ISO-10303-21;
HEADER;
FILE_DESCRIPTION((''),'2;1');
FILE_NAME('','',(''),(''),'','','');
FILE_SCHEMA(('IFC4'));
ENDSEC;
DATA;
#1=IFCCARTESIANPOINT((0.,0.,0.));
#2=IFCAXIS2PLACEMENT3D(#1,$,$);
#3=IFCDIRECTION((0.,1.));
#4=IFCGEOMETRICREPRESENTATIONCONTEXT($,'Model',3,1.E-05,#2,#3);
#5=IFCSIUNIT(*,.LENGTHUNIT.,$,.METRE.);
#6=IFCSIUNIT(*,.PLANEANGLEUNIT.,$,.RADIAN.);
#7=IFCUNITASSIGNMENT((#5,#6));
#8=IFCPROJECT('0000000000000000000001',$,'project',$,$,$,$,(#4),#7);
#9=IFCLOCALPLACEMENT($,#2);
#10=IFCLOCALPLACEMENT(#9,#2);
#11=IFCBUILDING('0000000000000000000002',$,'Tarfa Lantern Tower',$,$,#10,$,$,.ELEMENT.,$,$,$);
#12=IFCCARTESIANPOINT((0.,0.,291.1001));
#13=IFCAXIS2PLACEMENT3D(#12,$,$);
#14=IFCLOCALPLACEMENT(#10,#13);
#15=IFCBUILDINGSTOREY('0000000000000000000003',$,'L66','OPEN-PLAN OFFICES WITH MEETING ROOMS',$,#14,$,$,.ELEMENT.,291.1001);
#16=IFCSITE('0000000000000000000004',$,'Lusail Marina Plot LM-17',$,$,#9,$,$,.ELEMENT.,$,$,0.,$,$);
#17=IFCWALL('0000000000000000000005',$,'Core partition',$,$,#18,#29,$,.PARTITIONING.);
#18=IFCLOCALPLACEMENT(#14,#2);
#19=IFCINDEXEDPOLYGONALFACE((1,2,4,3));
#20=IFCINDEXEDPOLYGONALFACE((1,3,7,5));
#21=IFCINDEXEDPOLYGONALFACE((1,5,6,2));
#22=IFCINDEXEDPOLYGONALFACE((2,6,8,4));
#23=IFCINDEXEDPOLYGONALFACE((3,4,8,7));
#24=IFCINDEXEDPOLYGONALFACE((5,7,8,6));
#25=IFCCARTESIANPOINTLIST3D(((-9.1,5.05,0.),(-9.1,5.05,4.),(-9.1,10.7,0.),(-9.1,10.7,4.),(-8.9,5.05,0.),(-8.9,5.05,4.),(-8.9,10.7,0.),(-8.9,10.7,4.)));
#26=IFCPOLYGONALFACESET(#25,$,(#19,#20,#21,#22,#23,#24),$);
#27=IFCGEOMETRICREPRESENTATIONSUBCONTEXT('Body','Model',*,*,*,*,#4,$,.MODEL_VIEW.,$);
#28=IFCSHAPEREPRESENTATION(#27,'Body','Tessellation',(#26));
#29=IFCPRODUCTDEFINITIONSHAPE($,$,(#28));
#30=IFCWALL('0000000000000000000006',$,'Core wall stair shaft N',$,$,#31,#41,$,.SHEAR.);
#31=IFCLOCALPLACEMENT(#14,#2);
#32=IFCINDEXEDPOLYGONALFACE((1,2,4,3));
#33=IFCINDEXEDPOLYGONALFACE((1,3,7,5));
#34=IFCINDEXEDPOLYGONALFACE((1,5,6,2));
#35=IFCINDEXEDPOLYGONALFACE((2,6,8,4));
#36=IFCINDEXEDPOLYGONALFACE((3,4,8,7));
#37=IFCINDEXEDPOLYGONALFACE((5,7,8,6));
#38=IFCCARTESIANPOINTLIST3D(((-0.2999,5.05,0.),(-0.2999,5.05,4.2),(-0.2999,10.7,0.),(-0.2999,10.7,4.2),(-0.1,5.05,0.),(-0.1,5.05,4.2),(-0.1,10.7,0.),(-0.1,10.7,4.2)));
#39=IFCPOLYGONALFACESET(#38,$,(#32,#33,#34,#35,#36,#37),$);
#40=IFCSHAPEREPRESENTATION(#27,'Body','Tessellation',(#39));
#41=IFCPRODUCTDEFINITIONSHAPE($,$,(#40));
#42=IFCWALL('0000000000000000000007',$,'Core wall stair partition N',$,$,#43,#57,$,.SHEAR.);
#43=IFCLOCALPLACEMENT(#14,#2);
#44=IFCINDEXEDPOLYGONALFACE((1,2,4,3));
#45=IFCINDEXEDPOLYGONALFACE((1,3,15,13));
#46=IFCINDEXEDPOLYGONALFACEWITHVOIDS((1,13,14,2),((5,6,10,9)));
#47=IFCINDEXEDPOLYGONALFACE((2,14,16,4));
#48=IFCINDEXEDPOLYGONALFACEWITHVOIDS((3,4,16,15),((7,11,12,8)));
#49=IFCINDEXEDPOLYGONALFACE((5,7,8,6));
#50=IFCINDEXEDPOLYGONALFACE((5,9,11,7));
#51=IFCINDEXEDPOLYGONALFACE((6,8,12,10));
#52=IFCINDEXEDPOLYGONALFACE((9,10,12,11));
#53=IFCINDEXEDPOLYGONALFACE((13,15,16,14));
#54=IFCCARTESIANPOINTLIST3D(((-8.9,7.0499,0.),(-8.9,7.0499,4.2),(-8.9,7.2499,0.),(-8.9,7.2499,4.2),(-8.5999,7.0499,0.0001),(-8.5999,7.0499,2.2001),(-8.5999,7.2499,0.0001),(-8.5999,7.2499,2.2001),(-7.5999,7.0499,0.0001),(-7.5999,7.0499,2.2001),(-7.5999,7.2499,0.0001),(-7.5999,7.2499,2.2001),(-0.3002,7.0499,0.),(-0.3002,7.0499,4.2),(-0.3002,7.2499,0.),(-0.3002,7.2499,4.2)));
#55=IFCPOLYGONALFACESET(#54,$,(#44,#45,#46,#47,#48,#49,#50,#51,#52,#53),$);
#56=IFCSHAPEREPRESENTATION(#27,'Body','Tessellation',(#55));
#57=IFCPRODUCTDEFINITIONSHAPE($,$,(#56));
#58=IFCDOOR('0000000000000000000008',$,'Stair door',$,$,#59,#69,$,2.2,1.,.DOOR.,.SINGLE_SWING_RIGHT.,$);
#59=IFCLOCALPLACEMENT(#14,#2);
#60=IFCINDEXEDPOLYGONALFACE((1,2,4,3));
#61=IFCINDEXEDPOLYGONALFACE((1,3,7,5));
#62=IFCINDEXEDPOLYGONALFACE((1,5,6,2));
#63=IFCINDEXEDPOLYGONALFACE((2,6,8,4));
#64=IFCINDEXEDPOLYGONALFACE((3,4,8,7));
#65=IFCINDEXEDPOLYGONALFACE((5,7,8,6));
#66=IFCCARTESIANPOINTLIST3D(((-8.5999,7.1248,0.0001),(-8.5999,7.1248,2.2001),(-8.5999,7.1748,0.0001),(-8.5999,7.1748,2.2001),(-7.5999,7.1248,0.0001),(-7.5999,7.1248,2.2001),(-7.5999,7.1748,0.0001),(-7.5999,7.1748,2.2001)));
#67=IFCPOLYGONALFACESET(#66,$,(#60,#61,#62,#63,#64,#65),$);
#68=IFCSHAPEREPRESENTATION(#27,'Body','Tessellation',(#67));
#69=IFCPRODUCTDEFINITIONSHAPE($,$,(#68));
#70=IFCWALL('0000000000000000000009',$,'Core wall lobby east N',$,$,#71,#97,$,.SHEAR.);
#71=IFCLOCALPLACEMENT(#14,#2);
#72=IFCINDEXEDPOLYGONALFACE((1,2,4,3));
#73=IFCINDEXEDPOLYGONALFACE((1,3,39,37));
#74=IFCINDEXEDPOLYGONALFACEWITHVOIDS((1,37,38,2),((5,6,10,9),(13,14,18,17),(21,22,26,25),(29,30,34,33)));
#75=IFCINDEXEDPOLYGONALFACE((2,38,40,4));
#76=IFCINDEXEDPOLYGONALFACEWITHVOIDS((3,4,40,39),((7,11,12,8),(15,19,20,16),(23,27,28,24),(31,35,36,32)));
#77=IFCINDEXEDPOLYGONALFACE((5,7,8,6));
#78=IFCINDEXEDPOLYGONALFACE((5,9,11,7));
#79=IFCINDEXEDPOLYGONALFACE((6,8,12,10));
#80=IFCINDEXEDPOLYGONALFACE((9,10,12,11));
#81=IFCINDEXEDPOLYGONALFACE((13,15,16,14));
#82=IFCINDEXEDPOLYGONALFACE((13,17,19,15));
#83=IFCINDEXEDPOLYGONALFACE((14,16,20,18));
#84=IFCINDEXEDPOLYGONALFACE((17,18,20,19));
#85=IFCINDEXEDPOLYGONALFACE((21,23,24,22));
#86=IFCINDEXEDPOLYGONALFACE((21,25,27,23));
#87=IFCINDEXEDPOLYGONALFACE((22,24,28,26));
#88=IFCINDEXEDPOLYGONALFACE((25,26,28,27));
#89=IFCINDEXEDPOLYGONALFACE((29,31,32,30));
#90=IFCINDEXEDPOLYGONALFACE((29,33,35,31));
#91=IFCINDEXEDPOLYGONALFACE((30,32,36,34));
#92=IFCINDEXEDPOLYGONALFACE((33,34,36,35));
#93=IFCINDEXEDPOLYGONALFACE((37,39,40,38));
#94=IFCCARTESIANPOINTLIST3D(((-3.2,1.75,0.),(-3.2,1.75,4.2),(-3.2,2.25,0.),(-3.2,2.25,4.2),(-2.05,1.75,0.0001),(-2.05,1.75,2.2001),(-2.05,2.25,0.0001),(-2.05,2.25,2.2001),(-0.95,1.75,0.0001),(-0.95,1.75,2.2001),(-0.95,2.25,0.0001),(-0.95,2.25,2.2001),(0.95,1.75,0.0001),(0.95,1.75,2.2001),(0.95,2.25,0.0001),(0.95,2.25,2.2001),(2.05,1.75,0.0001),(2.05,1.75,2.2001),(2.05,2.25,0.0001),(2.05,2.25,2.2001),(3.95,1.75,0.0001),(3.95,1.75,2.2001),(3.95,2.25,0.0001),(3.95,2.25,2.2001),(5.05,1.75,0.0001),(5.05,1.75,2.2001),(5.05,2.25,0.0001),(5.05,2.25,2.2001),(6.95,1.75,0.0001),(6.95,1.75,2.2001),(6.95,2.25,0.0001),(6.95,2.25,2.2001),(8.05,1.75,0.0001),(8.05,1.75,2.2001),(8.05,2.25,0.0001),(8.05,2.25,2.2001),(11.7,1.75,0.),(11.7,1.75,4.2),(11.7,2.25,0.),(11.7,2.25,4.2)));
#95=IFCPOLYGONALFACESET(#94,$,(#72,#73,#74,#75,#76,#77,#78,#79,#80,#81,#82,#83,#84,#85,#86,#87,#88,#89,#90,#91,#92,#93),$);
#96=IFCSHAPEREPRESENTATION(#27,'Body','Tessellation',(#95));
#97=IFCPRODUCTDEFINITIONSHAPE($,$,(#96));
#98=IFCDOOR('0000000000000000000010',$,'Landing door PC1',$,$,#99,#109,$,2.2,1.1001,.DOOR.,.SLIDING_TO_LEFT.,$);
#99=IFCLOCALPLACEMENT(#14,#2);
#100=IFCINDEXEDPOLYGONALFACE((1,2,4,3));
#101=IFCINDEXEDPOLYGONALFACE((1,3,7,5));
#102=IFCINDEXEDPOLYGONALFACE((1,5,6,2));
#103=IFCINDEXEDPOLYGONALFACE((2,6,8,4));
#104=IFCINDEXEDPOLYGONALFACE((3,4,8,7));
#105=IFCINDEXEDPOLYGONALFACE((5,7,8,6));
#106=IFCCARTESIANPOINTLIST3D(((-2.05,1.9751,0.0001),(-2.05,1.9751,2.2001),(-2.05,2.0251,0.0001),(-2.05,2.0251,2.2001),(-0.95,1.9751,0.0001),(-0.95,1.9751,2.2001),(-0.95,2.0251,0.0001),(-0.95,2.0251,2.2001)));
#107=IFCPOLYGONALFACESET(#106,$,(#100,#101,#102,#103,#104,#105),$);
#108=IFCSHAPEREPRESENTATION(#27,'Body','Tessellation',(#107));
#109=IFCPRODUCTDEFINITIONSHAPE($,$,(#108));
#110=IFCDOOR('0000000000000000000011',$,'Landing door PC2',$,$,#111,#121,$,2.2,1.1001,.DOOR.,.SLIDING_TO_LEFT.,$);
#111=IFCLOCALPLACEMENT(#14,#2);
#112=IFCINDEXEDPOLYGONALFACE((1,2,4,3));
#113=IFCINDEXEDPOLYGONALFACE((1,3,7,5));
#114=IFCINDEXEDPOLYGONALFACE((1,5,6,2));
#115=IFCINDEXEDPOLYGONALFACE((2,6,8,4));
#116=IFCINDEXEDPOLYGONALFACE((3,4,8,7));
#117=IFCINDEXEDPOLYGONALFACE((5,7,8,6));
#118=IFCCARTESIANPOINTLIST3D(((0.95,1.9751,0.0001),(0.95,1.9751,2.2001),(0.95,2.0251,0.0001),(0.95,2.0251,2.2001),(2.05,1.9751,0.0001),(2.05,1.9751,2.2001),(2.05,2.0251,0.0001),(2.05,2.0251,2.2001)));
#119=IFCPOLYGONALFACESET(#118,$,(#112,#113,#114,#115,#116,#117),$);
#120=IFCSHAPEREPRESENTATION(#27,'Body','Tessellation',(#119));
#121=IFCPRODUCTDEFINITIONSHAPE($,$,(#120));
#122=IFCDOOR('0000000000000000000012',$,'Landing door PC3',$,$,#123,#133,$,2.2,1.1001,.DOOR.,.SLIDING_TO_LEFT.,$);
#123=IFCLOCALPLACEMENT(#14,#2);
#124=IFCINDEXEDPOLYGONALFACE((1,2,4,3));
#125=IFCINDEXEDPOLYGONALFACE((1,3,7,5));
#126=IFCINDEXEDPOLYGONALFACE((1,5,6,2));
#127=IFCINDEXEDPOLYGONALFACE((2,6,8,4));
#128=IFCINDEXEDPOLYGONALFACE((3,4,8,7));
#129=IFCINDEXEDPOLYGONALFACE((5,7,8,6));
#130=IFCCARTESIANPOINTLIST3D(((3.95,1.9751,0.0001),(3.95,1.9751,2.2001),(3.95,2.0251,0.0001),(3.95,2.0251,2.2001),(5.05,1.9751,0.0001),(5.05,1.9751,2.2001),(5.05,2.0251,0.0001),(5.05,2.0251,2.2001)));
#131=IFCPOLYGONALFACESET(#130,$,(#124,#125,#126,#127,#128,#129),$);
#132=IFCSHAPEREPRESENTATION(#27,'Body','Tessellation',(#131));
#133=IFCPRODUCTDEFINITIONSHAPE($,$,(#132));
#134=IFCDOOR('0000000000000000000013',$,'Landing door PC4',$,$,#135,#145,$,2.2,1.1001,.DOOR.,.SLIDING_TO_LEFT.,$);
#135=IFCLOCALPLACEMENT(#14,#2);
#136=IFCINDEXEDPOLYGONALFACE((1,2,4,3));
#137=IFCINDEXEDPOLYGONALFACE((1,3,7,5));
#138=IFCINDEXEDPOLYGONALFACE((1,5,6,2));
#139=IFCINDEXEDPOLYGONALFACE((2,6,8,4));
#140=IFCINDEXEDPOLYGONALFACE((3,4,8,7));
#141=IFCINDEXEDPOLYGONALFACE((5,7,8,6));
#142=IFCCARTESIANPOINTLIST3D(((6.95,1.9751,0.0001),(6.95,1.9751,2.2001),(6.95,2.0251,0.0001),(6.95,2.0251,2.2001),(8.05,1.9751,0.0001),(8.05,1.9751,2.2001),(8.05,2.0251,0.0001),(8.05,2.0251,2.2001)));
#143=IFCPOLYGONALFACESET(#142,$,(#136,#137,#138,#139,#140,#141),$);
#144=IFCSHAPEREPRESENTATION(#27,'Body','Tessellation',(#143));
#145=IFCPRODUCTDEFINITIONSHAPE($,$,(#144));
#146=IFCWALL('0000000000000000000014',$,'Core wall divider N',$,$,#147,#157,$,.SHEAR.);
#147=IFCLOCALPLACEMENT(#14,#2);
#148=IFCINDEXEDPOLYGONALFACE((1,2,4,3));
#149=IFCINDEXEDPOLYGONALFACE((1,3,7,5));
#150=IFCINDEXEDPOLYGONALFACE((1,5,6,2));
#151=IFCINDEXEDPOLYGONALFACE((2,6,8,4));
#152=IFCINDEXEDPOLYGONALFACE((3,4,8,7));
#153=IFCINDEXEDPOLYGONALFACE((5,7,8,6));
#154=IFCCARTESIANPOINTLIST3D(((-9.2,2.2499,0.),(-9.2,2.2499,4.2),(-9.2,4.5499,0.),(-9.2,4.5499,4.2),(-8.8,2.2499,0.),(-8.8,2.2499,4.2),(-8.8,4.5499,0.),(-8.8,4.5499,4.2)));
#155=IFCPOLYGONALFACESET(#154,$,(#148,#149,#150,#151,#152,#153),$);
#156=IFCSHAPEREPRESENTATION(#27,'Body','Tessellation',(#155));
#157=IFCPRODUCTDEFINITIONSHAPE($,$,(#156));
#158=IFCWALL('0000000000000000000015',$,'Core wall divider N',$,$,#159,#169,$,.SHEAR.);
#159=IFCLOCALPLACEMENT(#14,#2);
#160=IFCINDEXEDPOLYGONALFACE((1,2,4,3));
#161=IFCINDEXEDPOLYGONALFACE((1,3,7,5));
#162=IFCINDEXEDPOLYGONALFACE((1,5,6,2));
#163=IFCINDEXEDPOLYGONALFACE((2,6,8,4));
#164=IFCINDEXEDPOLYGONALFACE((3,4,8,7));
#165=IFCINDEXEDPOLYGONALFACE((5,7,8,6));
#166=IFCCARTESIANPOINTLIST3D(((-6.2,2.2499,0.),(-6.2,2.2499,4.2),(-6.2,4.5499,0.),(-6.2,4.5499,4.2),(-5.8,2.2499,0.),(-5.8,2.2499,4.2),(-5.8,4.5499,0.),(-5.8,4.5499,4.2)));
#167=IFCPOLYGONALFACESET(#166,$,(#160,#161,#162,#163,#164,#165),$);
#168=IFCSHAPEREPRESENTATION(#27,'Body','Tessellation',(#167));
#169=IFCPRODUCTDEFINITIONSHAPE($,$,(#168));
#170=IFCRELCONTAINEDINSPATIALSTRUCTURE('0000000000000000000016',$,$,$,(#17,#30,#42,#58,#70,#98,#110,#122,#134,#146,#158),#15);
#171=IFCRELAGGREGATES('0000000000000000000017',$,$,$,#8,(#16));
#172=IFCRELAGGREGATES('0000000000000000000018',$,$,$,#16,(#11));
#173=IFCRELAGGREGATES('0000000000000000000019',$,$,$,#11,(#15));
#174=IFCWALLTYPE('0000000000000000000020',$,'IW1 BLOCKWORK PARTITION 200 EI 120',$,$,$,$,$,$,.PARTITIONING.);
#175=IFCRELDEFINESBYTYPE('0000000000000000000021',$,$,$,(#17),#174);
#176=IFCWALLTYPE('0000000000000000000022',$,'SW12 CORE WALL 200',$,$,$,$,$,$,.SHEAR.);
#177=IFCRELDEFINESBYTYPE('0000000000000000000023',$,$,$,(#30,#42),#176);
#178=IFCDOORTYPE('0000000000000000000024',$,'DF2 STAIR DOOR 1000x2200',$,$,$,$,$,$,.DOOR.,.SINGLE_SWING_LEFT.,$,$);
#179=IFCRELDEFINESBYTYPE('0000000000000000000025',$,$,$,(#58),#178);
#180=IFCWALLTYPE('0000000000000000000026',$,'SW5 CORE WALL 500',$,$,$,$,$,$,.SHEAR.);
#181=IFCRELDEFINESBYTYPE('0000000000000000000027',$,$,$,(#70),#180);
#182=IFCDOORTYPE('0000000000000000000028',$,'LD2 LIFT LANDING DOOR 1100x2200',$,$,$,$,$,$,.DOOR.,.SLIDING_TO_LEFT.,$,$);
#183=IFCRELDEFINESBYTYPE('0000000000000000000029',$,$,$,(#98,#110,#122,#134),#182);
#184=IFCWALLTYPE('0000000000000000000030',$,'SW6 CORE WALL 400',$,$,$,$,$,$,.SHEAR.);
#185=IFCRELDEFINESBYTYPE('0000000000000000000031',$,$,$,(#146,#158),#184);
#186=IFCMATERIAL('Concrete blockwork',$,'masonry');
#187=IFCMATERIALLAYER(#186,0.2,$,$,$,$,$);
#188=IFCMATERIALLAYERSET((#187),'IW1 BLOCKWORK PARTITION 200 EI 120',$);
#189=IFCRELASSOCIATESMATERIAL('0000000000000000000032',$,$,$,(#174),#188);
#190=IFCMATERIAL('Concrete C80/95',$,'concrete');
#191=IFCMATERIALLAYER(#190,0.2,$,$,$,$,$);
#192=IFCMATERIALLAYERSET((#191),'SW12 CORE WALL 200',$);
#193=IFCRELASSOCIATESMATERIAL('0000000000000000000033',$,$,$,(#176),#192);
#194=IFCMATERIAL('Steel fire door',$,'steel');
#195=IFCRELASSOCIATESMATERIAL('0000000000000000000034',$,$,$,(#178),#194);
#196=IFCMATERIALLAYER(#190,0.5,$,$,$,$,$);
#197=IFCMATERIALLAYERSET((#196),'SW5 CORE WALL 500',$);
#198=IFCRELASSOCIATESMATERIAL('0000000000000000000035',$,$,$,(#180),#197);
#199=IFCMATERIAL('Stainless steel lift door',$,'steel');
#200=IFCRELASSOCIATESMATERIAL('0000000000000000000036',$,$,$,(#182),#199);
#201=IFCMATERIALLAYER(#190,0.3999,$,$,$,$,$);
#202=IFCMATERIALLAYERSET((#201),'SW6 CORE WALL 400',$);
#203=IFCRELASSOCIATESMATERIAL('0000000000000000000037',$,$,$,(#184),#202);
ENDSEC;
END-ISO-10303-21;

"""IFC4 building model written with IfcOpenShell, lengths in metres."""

from ifc_helpers import new_model, si_unit, direction, frame, frame_2d, origin, place, context, subcontext, project, spatial, rectangle, extrude, material, layer, layer_set, type_object, element, fill, save


model = new_model("IFC4")

# Units and contexts
model_context = context("Model", 3, precision=1e-05, world=origin(), true_north=direction((0.0, 1.0)))
body_context = subcontext(model_context, "Body", "Model", "MODEL_VIEW")
ifc_project = project(units=[si_unit("LENGTHUNIT", "METRE"), si_unit("PLANEANGLEUNIT", "RADIAN")], contexts=[model_context])

# Site, building, storey
site_placement = place(None, origin())
site = spatial("IfcSite", under=ifc_project, at=site_placement, Name="Lusail Marina Plot LM-17", CompositionType="ELEMENT", RefElevation=0.0)
building_placement = place(site_placement, origin())
building = spatial("IfcBuilding", under=site, at=building_placement, Name="Tarfa Lantern Tower", CompositionType="ELEMENT")
storey_placement = place(building_placement, frame((0.0, 0.0, 291.1001)))
storey = spatial("IfcBuildingStorey", under=building, at=storey_placement, Name="L66", Description="OPEN-PLAN OFFICES WITH MEETING ROOMS", CompositionType="ELEMENT", Elevation=291.1001)

# Walls
ifc_material_1 = material(Name="Concrete blockwork", Category="masonry")
ifc_layer_1 = layer(ifc_material_1, 0.2)
ifc_layer_set_1 = layer_set([ifc_layer_1], Name="IW1 BLOCKWORK PARTITION 200 EI 120")
wall_type_1 = type_object("IfcWallType", Name="IW1 BLOCKWORK PARTITION 200 EI 120", PredefinedType="PARTITIONING", material=ifc_layer_set_1)
wall_1_placement = place(storey_placement, frame((-9.0, 5.05, 0.0), z_axis=(0.0, 0.0, 1.0), x_axis=(0.0, 1.0, 0.0)))
element("IfcWall", 1, at=wall_1_placement, inside=storey, type_object=wall_type_1, Name="Core partition", PredefinedType="PARTITIONING", context=body_context, shape_type="SweptSolid", body=[
    extrude(rectangle(XDim=5.6499, YDim=0.2, at=frame_2d((2.825, 0.0))), origin(), (0.0, 0.0, 1.0), 4.0),
])
ifc_material_2 = material(Name="Concrete C80/95", Category="concrete")
ifc_layer_2 = layer(ifc_material_2, 0.2)
ifc_layer_set_2 = layer_set([ifc_layer_2], Name="SW12 CORE WALL 200")
wall_type_2 = type_object("IfcWallType", Name="SW12 CORE WALL 200", PredefinedType="SHEAR", material=ifc_layer_set_2)
wall_2_placement = place(storey_placement, frame((-0.2, 5.05, 0.0), z_axis=(0.0, 0.0, 1.0), x_axis=(0.0, 1.0, 0.0)))
element("IfcWall", 2, at=wall_2_placement, inside=storey, type_object=wall_type_2, Name="Core wall stair shaft N", PredefinedType="SHEAR", context=body_context, shape_type="SweptSolid", body=[
    extrude(rectangle(XDim=5.6499, YDim=0.2, at=frame_2d((2.825, 0.0))), origin(), (0.0, 0.0, 1.0), 4.2),
])

# Wall, opening, door
wall_3_placement = place(storey_placement, frame((-8.8999, 7.1499, 0.0), z_axis=(0.0, 0.0, 1.0), x_axis=(1.0, 0.0, 0.0)))
wall_3 = element("IfcWall", 3, at=wall_3_placement, inside=storey, type_object=wall_type_2, Name="Core wall stair partition N", PredefinedType="SHEAR", context=body_context, shape_type="SweptSolid", body=[
    extrude(rectangle(XDim=8.5999, YDim=0.2, at=frame_2d((4.2998, 0.0))), origin(), (0.0, 0.0, 1.0), 4.2),
])
opening_1_placement = place(wall_3_placement, frame((0.3, 0.0, 0.0)))
opening_1 = element("IfcOpeningElement", 4, at=opening_1_placement, cuts=wall_3, PredefinedType="OPENING", context=body_context, shape_type="SweptSolid", body=[
    extrude(rectangle(XDim=1.0, YDim=2.2, at=frame_2d((0.5, 1.1001))), frame((0.0, 0.1099, 0.0), z_axis=(0.0, -1.0, 0.0), x_axis=(1.0, 0.0, 0.0)), (0.0, 0.0, 1.0), 0.22),
])
ifc_material_3 = material(Name="Steel fire door", Category="steel")
door_type_1 = type_object("IfcDoorType", Name="DF2 STAIR DOOR 1000x2200", OperationType="SINGLE_SWING_LEFT", PredefinedType="DOOR", material=ifc_material_3)
door_1_placement = place(opening_1_placement, origin())
door_1 = element("IfcDoor", 5, at=door_1_placement, inside=storey, type_object=door_type_1, Name="Stair door", OperationType="SINGLE_SWING_RIGHT", OverallHeight=2.2, OverallWidth=1.0, PredefinedType="DOOR", context=body_context, shape_type="SweptSolid", body=[
    extrude(rectangle(XDim=1.0, YDim=2.2, at=frame_2d((0.5, 1.1001))), frame((0.0, 0.0249, 0.0), z_axis=(0.0, -1.0, 0.0), x_axis=(1.0, 0.0, 0.0)), (0.0, 0.0, 1.0), 0.05),
])
fill(opening_1, door_1)

# Wall, openings, doors
ifc_layer_3 = layer(ifc_material_2, 0.5)
ifc_layer_set_3 = layer_set([ifc_layer_3], Name="SW5 CORE WALL 500")
wall_type_3 = type_object("IfcWallType", Name="SW5 CORE WALL 500", PredefinedType="SHEAR", material=ifc_layer_set_3)
wall_4_placement = place(storey_placement, frame((-3.2, 2.0, 0.0), z_axis=(0.0, 0.0, 1.0), x_axis=(1.0, 0.0, 0.0)))
wall_4 = element("IfcWall", 6, at=wall_4_placement, inside=storey, type_object=wall_type_3, Name="Core wall lobby east N", PredefinedType="SHEAR", context=body_context, shape_type="SweptSolid", body=[
    extrude(rectangle(XDim=14.8999, YDim=0.5, at=frame_2d((7.45, 0.0))), origin(), (0.0, 0.0, 1.0), 4.2),
])
opening_2_placement = place(wall_4_placement, frame((1.1499, 0.0, 0.0)))
opening_2 = element("IfcOpeningElement", 7, at=opening_2_placement, cuts=wall_4, PredefinedType="OPENING", context=body_context, shape_type="SweptSolid", body=[
    extrude(rectangle(XDim=1.1001, YDim=2.2, at=frame_2d((0.55, 1.1001))), frame((0.0, 0.26, 0.0), z_axis=(0.0, -1.0, 0.0), x_axis=(1.0, 0.0, 0.0)), (0.0, 0.0, 1.0), 0.52),
])
opening_3_placement = place(wall_4_placement, frame((4.1499, 0.0, 0.0)))
opening_3 = element("IfcOpeningElement", 8, at=opening_3_placement, cuts=wall_4, PredefinedType="OPENING", context=body_context, shape_type="SweptSolid", body=[
    extrude(rectangle(XDim=1.1001, YDim=2.2, at=frame_2d((0.55, 1.1001))), frame((0.0, 0.26, 0.0), z_axis=(0.0, -1.0, 0.0), x_axis=(1.0, 0.0, 0.0)), (0.0, 0.0, 1.0), 0.52),
])
opening_4_placement = place(wall_4_placement, frame((7.1499, 0.0, 0.0)))
opening_4 = element("IfcOpeningElement", 9, at=opening_4_placement, cuts=wall_4, PredefinedType="OPENING", context=body_context, shape_type="SweptSolid", body=[
    extrude(rectangle(XDim=1.1001, YDim=2.2, at=frame_2d((0.55, 1.1001))), frame((0.0, 0.26, 0.0), z_axis=(0.0, -1.0, 0.0), x_axis=(1.0, 0.0, 0.0)), (0.0, 0.0, 1.0), 0.52),
])
opening_5_placement = place(wall_4_placement, frame((10.1499, 0.0, 0.0)))
opening_5 = element("IfcOpeningElement", 10, at=opening_5_placement, cuts=wall_4, PredefinedType="OPENING", context=body_context, shape_type="SweptSolid", body=[
    extrude(rectangle(XDim=1.1001, YDim=2.2, at=frame_2d((0.55, 1.1001))), frame((0.0, 0.26, 0.0), z_axis=(0.0, -1.0, 0.0), x_axis=(1.0, 0.0, 0.0)), (0.0, 0.0, 1.0), 0.52),
])
ifc_material_4 = material(Name="Stainless steel lift door", Category="steel")
door_type_2 = type_object("IfcDoorType", Name="LD2 LIFT LANDING DOOR 1100x2200", OperationType="SLIDING_TO_LEFT", PredefinedType="DOOR", material=ifc_material_4)
door_2_placement = place(opening_2_placement, frame((1.1001, 0.0, 0.0), z_axis=(0.0, 0.0, 1.0), x_axis=(-1.0, 0.0, 0.0)))
door_2 = element("IfcDoor", 11, at=door_2_placement, inside=storey, type_object=door_type_2, Name="Landing door PC1", OperationType="SLIDING_TO_LEFT", OverallHeight=2.2, OverallWidth=1.1001, PredefinedType="DOOR", context=body_context, shape_type="SweptSolid", body=[
    extrude(rectangle(XDim=1.1001, YDim=2.2, at=frame_2d((0.55, 1.1001))), frame((0.0, 0.0249, 0.0), z_axis=(0.0, -1.0, 0.0), x_axis=(1.0, 0.0, 0.0)), (0.0, 0.0, 1.0), 0.05),
])
fill(opening_2, door_2)
door_3_placement = place(opening_3_placement, frame((1.1001, 0.0, 0.0), z_axis=(0.0, 0.0, 1.0), x_axis=(-1.0, 0.0, 0.0)))
door_3 = element("IfcDoor", 12, at=door_3_placement, inside=storey, type_object=door_type_2, Name="Landing door PC2", OperationType="SLIDING_TO_LEFT", OverallHeight=2.2, OverallWidth=1.1001, PredefinedType="DOOR", context=body_context, shape_type="SweptSolid", body=[
    extrude(rectangle(XDim=1.1001, YDim=2.2, at=frame_2d((0.55, 1.1001))), frame((0.0, 0.0249, 0.0), z_axis=(0.0, -1.0, 0.0), x_axis=(1.0, 0.0, 0.0)), (0.0, 0.0, 1.0), 0.05),
])
fill(opening_3, door_3)
door_4_placement = place(opening_4_placement, frame((1.1001, 0.0, 0.0), z_axis=(0.0, 0.0, 1.0), x_axis=(-1.0, 0.0, 0.0)))
door_4 = element("IfcDoor", 13, at=door_4_placement, inside=storey, type_object=door_type_2, Name="Landing door PC3", OperationType="SLIDING_TO_LEFT", OverallHeight=2.2, OverallWidth=1.1001, PredefinedType="DOOR", context=body_context, shape_type="SweptSolid", body=[
    extrude(rectangle(XDim=1.1001, YDim=2.2, at=frame_2d((0.55, 1.1001))), frame((0.0, 0.0249, 0.0), z_axis=(0.0, -1.0, 0.0), x_axis=(1.0, 0.0, 0.0)), (0.0, 0.0, 1.0), 0.05),
])
fill(opening_4, door_4)
door_5_placement = place(opening_5_placement, frame((1.1001, 0.0, 0.0), z_axis=(0.0, 0.0, 1.0), x_axis=(-1.0, 0.0, 0.0)))
door_5 = element("IfcDoor", 14, at=door_5_placement, inside=storey, type_object=door_type_2, Name="Landing door PC4", OperationType="SLIDING_TO_LEFT", OverallHeight=2.2, OverallWidth=1.1001, PredefinedType="DOOR", context=body_context, shape_type="SweptSolid", body=[
    extrude(rectangle(XDim=1.1001, YDim=2.2, at=frame_2d((0.55, 1.1001))), frame((0.0, 0.0249, 0.0), z_axis=(0.0, -1.0, 0.0), x_axis=(1.0, 0.0, 0.0)), (0.0, 0.0, 1.0), 0.05),
])
fill(opening_5, door_5)

# Walls
ifc_layer_4 = layer(ifc_material_2, 0.3999)
ifc_layer_set_4 = layer_set([ifc_layer_4], Name="SW6 CORE WALL 400")
wall_type_4 = type_object("IfcWallType", Name="SW6 CORE WALL 400", PredefinedType="SHEAR", material=ifc_layer_set_4)
for number, where, z_axis, x_axis, name in (
    (15, (-9.0, 2.25, 0.0), (0.0, 0.0, 1.0), (0.0, 1.0, 0.0), "Core wall divider N"),
    (16, (-6.0, 2.25, 0.0), (0.0, 0.0, 1.0), (0.0, 1.0, 0.0), "Core wall divider N"),
):
    element("IfcWall", number, at=place(storey_placement, frame(where, z_axis=z_axis, x_axis=x_axis)), inside=storey, type_object=wall_type_4, Name=name, PredefinedType="SHEAR", context=body_context, shape_type="SweptSolid", body=[
        extrude(rectangle(XDim=2.3, YDim=0.3999, at=frame_2d((1.1499, 0.0))), origin(), (0.0, 0.0, 1.0), 4.2),
    ])

save(model, "model.ifc")
